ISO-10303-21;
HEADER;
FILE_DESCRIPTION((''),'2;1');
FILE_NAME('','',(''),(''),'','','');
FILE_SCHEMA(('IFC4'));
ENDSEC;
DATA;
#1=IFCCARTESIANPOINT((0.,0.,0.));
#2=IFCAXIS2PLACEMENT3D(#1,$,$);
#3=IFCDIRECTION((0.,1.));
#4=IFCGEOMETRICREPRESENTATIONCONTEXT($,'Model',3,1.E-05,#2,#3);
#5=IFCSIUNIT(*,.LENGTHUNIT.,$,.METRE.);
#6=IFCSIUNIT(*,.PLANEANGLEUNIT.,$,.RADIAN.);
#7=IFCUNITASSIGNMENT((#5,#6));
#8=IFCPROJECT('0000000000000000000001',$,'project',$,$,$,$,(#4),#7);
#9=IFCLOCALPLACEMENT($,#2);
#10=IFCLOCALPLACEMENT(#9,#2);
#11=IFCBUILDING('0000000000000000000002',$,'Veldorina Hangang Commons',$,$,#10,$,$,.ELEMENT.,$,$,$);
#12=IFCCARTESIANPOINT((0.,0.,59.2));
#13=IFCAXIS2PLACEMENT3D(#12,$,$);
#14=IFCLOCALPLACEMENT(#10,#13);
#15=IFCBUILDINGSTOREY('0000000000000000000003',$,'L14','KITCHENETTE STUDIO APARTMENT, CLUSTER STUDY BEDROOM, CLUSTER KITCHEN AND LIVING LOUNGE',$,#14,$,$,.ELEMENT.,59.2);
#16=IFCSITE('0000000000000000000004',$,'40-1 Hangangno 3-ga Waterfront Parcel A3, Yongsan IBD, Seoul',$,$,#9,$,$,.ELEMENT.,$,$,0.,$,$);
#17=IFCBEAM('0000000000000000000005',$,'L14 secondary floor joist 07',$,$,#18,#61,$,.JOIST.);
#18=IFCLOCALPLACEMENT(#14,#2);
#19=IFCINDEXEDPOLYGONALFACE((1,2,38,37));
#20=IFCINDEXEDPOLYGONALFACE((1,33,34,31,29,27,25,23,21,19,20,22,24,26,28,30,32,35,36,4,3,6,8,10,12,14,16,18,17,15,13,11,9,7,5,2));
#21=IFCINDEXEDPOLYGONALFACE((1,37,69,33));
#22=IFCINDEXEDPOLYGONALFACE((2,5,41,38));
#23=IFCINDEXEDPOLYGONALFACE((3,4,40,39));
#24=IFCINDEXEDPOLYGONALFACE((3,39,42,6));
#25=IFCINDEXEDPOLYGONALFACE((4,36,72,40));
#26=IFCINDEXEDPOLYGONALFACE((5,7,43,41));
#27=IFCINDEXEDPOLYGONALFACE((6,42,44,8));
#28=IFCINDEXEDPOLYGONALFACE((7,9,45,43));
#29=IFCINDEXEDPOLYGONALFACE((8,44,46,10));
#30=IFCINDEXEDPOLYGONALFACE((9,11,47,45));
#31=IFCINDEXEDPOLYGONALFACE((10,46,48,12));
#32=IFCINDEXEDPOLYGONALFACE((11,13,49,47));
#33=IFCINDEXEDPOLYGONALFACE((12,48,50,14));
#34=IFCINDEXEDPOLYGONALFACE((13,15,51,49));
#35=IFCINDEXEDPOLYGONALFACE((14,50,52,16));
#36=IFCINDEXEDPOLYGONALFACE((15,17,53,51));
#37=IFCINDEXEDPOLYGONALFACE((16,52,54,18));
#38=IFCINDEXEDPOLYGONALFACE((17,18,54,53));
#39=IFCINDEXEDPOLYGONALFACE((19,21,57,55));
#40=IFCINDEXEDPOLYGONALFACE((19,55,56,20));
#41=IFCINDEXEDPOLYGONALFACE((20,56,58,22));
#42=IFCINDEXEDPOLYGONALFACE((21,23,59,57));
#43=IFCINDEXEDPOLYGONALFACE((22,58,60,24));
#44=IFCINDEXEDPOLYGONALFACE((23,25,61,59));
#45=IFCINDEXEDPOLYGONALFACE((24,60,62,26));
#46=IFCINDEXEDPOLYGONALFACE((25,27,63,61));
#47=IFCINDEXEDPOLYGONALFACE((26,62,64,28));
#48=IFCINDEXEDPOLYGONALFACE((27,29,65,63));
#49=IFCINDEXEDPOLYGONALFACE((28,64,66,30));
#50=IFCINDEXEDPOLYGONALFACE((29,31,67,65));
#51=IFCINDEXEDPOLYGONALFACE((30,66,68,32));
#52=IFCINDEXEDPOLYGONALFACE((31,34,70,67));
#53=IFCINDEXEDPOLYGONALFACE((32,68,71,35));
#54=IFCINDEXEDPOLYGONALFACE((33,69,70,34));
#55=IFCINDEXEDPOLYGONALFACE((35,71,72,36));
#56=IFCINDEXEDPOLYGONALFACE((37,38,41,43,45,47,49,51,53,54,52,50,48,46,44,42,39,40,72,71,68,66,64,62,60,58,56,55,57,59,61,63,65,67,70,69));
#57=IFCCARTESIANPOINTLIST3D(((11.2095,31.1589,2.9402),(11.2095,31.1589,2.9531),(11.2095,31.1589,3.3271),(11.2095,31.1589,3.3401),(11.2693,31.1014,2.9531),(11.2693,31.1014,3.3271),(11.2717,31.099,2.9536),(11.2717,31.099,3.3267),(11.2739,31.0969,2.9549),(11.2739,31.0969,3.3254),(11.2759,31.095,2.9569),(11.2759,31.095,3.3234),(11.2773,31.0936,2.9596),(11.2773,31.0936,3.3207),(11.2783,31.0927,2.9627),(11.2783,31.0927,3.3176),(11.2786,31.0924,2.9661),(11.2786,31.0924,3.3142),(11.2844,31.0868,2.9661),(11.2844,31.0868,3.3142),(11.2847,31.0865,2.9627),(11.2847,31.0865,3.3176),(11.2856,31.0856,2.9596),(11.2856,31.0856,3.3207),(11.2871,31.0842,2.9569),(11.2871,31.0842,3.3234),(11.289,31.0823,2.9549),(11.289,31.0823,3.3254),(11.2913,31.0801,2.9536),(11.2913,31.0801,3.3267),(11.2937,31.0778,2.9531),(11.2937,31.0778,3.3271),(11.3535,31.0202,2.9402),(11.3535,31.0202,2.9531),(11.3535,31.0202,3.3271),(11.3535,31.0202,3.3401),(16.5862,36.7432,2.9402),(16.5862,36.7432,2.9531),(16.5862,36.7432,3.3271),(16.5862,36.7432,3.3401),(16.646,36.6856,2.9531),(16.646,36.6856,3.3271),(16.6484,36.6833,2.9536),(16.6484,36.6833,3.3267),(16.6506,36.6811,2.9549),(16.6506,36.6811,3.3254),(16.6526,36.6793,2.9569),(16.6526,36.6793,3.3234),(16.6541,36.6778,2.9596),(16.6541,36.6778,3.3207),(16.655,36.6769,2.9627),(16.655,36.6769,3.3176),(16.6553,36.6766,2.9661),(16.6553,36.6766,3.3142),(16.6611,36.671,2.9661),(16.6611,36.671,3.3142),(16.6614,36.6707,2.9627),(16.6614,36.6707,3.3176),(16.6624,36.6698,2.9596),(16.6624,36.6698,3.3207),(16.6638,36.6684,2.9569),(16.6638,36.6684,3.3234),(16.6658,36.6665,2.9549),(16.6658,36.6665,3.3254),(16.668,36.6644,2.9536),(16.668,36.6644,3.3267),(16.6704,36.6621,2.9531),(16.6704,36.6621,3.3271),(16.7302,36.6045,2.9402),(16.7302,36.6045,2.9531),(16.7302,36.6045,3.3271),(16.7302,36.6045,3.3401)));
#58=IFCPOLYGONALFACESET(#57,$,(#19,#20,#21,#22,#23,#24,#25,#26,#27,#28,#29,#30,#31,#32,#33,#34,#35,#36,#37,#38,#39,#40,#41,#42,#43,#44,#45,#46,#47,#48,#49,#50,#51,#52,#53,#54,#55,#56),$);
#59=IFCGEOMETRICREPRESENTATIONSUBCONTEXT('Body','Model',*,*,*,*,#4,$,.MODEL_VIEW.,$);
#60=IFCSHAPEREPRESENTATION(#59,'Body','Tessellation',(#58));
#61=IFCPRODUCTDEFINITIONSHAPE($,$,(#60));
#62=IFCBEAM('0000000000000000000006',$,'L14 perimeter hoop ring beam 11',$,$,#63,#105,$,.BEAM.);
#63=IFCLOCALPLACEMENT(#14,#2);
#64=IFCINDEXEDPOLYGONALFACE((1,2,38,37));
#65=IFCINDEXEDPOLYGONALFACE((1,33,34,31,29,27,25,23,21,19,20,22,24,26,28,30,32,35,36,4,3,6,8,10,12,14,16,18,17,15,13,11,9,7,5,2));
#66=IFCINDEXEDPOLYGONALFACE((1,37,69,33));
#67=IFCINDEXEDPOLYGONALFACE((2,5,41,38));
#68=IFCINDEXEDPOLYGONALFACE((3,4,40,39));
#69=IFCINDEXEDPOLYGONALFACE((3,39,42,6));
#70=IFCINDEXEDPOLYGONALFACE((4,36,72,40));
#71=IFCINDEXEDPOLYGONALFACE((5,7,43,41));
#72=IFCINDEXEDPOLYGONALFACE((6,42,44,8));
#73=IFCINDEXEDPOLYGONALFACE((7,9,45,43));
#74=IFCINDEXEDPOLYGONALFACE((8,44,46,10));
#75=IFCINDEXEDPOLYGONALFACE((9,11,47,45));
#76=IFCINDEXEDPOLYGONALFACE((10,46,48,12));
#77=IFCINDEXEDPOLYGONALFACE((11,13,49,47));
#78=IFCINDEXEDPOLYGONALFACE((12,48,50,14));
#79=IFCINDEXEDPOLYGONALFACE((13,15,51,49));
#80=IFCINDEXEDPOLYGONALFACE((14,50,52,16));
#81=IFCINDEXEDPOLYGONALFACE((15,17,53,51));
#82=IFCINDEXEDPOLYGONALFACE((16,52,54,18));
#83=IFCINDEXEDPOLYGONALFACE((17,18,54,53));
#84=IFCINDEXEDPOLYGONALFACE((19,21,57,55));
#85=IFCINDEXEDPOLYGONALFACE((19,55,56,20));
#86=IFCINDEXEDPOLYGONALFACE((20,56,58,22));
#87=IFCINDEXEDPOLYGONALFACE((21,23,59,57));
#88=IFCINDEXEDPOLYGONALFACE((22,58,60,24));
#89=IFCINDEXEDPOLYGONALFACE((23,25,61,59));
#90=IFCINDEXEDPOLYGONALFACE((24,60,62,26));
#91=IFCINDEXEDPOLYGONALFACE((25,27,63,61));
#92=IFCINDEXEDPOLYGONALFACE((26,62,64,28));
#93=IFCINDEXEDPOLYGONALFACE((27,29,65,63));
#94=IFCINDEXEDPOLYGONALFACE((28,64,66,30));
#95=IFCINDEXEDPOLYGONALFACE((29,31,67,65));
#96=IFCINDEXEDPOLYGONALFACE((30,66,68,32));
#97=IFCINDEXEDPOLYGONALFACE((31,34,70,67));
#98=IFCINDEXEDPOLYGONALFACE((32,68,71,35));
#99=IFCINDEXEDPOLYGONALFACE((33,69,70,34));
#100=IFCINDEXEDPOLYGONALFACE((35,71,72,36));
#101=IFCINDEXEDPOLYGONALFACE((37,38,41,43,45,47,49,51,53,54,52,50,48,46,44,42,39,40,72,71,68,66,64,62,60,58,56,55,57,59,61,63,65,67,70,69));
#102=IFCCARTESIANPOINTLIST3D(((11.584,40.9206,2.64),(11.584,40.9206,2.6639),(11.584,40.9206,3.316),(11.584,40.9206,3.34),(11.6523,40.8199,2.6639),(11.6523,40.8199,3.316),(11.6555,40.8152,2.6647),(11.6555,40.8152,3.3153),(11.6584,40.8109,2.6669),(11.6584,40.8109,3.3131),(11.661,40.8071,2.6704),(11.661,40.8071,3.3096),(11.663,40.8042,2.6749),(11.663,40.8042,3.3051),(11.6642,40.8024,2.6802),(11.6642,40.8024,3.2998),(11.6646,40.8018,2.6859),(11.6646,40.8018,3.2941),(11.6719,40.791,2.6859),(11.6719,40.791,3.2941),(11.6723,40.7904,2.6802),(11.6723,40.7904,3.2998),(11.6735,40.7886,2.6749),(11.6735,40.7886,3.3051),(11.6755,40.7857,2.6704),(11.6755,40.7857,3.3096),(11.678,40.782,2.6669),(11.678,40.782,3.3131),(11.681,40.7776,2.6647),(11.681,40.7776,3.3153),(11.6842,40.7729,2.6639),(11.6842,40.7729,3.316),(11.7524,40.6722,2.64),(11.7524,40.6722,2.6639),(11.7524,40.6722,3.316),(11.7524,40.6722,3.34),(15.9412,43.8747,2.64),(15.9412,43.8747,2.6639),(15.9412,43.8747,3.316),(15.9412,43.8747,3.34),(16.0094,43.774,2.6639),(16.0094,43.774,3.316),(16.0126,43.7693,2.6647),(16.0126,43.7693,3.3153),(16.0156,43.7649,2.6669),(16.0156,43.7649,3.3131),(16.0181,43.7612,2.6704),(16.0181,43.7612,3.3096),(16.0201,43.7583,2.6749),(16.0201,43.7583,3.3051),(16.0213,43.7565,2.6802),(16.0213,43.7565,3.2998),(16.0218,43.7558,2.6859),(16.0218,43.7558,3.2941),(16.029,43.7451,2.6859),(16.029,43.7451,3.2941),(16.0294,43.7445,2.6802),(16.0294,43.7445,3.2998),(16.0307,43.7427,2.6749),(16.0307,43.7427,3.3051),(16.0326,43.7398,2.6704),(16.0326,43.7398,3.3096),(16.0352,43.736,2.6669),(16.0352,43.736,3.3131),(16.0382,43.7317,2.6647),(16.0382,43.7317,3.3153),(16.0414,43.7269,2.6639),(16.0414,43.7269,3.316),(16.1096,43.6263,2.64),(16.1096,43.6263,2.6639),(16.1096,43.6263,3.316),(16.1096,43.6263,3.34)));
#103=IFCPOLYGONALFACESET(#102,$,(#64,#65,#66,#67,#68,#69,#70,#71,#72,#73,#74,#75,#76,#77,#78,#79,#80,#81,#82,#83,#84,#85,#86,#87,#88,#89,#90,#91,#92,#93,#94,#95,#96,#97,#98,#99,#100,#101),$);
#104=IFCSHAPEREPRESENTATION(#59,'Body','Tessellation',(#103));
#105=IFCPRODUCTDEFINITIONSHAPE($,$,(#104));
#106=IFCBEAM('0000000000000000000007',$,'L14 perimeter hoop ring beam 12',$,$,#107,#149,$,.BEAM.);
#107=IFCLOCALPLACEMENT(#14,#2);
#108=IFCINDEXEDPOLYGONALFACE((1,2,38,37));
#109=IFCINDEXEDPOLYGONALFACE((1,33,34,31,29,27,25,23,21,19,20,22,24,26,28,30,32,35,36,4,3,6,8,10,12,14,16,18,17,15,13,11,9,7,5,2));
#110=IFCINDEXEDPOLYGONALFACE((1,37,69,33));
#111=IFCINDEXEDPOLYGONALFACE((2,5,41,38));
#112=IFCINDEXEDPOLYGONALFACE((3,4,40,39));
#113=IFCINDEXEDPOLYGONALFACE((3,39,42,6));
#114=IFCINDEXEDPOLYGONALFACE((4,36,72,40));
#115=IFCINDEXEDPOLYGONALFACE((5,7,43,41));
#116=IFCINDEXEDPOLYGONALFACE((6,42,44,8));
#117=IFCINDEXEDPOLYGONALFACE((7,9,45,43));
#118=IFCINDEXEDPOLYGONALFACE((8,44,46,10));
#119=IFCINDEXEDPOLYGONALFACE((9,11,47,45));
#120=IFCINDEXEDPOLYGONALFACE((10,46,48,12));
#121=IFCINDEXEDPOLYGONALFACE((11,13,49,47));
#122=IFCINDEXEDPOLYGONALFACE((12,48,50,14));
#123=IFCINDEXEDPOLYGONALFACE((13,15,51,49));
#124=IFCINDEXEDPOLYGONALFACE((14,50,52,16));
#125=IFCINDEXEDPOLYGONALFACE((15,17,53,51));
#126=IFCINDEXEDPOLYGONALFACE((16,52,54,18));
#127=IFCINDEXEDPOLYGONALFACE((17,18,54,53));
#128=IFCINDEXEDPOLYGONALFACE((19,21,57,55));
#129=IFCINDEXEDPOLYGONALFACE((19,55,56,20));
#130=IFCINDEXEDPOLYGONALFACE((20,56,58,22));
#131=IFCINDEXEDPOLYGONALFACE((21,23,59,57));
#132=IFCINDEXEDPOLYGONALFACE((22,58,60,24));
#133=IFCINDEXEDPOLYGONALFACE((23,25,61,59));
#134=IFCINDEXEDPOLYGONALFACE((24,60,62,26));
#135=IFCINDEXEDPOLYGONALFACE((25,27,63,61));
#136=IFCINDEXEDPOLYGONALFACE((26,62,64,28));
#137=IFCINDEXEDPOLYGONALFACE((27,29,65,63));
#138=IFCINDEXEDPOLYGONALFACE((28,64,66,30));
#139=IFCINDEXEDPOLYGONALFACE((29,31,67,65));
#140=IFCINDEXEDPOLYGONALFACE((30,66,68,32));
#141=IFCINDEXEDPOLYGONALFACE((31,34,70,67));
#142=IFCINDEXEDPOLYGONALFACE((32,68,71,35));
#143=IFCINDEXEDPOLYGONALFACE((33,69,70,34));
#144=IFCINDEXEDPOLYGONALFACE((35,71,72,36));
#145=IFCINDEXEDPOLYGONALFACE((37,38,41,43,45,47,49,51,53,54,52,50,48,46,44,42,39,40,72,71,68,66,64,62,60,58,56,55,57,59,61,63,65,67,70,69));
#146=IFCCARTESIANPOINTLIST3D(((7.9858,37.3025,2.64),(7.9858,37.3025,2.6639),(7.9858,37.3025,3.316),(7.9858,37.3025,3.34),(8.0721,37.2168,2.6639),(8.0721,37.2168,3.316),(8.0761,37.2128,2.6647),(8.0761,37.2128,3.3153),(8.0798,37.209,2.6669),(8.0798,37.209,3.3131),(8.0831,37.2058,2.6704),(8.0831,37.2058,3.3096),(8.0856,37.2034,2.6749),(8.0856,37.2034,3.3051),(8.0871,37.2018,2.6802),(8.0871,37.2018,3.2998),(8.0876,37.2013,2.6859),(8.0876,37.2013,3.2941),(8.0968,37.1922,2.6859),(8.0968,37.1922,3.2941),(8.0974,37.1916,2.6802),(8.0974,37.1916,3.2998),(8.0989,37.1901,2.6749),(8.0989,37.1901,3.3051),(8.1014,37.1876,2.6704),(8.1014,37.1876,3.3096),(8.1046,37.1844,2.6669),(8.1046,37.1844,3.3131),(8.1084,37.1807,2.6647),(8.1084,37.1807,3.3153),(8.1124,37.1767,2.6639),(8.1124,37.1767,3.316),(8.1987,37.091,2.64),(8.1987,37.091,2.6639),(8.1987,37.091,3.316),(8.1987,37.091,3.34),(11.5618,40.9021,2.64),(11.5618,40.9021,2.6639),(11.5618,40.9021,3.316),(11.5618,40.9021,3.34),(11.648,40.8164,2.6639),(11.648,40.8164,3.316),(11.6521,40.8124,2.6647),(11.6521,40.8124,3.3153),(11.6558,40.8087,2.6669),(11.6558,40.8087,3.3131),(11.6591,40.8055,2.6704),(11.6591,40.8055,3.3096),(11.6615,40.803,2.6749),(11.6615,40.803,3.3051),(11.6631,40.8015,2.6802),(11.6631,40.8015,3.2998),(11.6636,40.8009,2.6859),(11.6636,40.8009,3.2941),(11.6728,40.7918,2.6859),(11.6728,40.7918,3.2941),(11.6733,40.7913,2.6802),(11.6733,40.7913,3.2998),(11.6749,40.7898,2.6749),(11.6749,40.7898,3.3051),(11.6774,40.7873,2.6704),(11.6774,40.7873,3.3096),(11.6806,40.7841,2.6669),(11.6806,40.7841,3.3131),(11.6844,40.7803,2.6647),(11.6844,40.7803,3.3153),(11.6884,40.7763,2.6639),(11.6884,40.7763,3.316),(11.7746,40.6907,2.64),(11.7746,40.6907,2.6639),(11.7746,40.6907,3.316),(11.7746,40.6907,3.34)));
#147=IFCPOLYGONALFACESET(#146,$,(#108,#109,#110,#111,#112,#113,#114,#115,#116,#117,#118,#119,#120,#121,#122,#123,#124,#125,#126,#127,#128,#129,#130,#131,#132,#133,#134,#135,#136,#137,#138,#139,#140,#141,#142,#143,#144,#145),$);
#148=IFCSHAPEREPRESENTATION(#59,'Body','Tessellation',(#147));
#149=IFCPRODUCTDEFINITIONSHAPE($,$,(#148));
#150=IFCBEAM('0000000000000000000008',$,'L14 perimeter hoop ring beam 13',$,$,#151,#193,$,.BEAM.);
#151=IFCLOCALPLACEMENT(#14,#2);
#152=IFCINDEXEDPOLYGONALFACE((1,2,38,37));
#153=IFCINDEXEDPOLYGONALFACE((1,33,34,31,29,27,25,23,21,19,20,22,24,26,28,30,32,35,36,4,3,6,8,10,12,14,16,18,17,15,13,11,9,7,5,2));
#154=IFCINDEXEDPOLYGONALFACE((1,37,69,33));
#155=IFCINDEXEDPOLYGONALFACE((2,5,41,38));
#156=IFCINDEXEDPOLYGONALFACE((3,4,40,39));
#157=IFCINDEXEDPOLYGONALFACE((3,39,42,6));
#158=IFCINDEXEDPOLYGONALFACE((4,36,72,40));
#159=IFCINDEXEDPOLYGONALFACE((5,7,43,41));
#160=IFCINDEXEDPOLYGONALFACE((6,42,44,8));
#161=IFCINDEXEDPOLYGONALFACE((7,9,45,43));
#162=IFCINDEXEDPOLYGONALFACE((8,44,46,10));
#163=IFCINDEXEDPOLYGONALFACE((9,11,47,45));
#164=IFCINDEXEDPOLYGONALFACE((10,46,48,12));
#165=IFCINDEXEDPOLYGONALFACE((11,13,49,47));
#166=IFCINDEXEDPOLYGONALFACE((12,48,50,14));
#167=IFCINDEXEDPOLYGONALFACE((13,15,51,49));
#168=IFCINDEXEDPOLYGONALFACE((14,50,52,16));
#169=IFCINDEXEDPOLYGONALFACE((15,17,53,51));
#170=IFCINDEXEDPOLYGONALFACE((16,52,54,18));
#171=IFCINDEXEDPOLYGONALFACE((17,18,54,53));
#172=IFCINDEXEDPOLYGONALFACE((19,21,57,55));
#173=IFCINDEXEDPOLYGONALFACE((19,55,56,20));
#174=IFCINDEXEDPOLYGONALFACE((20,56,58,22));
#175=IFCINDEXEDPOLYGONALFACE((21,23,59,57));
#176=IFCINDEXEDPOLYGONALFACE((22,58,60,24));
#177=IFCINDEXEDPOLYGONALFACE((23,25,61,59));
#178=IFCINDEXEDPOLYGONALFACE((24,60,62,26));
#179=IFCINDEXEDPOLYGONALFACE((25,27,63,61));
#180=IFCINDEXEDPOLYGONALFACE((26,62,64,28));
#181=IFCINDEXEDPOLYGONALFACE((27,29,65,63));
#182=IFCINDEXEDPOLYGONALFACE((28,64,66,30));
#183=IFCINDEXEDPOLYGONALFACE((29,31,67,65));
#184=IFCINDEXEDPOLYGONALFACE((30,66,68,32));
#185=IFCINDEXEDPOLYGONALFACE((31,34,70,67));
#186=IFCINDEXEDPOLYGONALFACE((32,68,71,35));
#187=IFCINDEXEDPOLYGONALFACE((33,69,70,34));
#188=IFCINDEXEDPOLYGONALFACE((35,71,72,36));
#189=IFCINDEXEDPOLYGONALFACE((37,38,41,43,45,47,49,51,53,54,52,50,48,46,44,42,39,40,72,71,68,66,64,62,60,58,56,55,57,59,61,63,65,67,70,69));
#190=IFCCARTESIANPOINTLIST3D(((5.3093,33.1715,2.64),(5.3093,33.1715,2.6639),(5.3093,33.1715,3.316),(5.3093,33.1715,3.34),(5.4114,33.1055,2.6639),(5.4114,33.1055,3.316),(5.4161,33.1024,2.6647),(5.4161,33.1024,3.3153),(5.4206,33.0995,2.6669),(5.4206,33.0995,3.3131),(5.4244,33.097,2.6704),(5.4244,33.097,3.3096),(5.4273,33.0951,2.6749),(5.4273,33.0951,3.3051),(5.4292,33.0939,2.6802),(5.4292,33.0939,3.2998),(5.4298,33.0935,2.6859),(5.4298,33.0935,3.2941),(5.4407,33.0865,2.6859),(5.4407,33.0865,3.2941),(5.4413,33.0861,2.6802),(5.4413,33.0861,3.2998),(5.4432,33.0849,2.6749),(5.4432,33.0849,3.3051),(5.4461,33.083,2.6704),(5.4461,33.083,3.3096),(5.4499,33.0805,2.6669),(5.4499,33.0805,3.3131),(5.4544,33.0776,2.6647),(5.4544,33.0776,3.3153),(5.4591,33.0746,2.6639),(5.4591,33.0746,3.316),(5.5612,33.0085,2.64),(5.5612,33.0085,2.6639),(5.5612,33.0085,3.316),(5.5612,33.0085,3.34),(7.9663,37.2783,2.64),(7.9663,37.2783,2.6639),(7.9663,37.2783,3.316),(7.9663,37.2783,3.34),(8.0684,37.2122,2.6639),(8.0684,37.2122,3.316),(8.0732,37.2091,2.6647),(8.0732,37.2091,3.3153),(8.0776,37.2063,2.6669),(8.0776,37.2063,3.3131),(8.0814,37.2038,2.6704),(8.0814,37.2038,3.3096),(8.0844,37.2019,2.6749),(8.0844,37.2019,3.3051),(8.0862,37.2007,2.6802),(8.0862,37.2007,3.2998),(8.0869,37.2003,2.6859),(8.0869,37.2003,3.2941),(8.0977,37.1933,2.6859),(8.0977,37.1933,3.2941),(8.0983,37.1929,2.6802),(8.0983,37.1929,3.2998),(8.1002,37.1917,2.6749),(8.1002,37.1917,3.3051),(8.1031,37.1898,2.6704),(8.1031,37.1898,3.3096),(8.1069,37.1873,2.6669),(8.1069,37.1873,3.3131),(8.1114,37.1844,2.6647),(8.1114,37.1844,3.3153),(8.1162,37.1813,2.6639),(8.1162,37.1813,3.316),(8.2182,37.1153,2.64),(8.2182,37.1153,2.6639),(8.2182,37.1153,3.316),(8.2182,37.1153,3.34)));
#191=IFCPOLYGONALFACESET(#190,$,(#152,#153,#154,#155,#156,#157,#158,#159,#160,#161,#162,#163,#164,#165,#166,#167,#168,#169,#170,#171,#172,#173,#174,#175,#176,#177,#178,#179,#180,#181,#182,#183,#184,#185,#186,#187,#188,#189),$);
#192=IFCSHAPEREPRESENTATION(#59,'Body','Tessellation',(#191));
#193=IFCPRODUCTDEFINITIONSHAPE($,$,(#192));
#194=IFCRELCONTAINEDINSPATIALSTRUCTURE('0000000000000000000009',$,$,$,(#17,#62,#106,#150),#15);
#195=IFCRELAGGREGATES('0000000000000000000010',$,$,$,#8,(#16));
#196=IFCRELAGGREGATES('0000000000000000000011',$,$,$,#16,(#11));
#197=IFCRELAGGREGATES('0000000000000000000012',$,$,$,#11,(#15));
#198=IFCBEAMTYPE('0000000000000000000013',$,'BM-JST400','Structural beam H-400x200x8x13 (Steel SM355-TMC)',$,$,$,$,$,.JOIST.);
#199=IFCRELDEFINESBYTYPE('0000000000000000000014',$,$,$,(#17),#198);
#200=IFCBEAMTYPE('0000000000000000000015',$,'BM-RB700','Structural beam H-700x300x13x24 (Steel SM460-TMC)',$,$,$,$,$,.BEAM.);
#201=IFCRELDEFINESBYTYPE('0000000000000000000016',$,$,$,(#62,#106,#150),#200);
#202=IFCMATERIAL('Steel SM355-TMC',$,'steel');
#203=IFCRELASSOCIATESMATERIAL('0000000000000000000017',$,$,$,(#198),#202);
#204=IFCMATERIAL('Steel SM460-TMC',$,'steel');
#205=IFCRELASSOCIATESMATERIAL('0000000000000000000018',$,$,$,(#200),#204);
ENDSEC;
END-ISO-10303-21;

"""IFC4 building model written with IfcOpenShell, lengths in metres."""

from ifc_helpers import new_model, si_unit, direction, frame, origin, origin_2d, place, context, subcontext, project, spatial, i_section, extrude, material, material_profile, profile_set, type_object, element, save


model = new_model("IFC4")

# Units and contexts
model_context = context("Model", 3, precision=1e-05, world=origin(), true_north=direction((0.0, 1.0)))
body_context = subcontext(model_context, "Body", "Model", "MODEL_VIEW")
ifc_project = project(units=[si_unit("LENGTHUNIT", "METRE"), si_unit("PLANEANGLEUNIT", "RADIAN")], contexts=[model_context])

# Site, building, storey
site_placement = place(None, origin())
site = spatial("IfcSite", under=ifc_project, at=site_placement, Name="40-1 Hangangno 3-ga Waterfront Parcel A3, Yongsan IBD, Seoul", CompositionType="ELEMENT", RefElevation=0.0)
building_placement = place(site_placement, origin())
building = spatial("IfcBuilding", under=site, at=building_placement, Name="Veldorina Hangang Commons", CompositionType="ELEMENT")
storey_placement = place(building_placement, frame((0.0, 0.0, 59.2)))
storey = spatial("IfcBuildingStorey", under=building, at=storey_placement, Name="L14", Description="KITCHENETTE STUDIO APARTMENT, CLUSTER STUDY BEDROOM, CLUSTER KITCHEN AND LIVING LOUNGE", CompositionType="ELEMENT", Elevation=59.2)

# Beams
ifc_material_1 = material(Name="Steel SM355-TMC", Category="steel")
ifc_material_profile_1 = material_profile(ifc_material_1, i_section(OverallWidth=0.2, OverallDepth=0.3999, WebThickness=0.0081, FlangeThickness=0.0129, FilletRadius=0.0129, at=origin_2d()), Name="H-400x200x8x13")
ifc_profile_set_1 = profile_set([ifc_material_profile_1], Name="Steel SM355-TMC")
beam_type_1 = type_object("IfcBeamType", Name="BM-JST400", Description="Structural beam H-400x200x8x13 (Steel SM355-TMC)", PredefinedType="JOIST", material=ifc_profile_set_1)
beam_1_placement = place(storey_placement, frame((16.6582, 36.6738, 3.1401), z_axis=(-0.693595, -0.720365, 0.0), x_axis=(0.720365, -0.693595, 0.0)))
element("IfcBeam", 1, at=beam_1_placement, inside=storey, type_object=beam_type_1, Name="L14 secondary floor joist 07", PredefinedType="JOIST", context=body_context, shape_type="SweptSolid", body=[
    extrude(i_section(OverallWidth=0.2, OverallDepth=0.3999, WebThickness=0.0081, FlangeThickness=0.0129, FilletRadius=0.0129, at=origin_2d()), origin(), (0.0, 0.0, 1.0), 7.752),
])
ifc_material_2 = material(Name="Steel SM460-TMC", Category="steel")
ifc_material_profile_2 = material_profile(ifc_material_2, i_section(OverallWidth=0.3, OverallDepth=0.7, WebThickness=0.0129, FlangeThickness=0.0239, FilletRadius=0.022, at=origin_2d()), Name="H-700x300x13x24")
ifc_profile_set_2 = profile_set([ifc_material_profile_2], Name="Steel SM460-TMC")
beam_type_2 = type_object("IfcBeamType", Name="BM-RB700", Description="Structural beam H-700x300x13x24 (Steel SM460-TMC)", PredefinedType="BEAM", material=ifc_profile_set_2)
beam_2_placement = place(storey_placement, frame((16.0254, 43.7505, 2.99), z_axis=(-0.827701, -0.561169, 0.0), x_axis=(0.561169, -0.827701, 0.0)))
element("IfcBeam", 2, at=beam_2_placement, inside=storey, type_object=beam_type_2, Name="L14 perimeter hoop ring beam 11", PredefinedType="BEAM", context=body_context, shape_type="SweptSolid", body=[
    extrude(i_section(OverallWidth=0.3, OverallDepth=0.7, WebThickness=0.0129, FlangeThickness=0.0239, FilletRadius=0.022, at=origin_2d()), origin(), (0.0, 0.0, 1.0), 5.2642),
])
beam_3_placement = place(storey_placement, frame((11.6682, 40.7964, 2.99), z_axis=(-0.704769, -0.709437, 0.0), x_axis=(0.709437, -0.704769, 0.0)))
element("IfcBeam", 3, at=beam_3_placement, inside=storey, type_object=beam_type_2, Name="L14 perimeter hoop ring beam 12", PredefinedType="BEAM", context=body_context, shape_type="SweptSolid", body=[
    extrude(i_section(OverallWidth=0.3, OverallDepth=0.7, WebThickness=0.0129, FlangeThickness=0.0239, FilletRadius=0.022, at=origin_2d()), origin(), (0.0, 0.0, 1.0), 5.074),
])
beam_4_placement = place(storey_placement, frame((8.0923, 37.1968, 2.99), z_axis=(-0.54321, -0.839597, 0.0), x_axis=(0.839597, -0.54321, 0.0)))
element("IfcBeam", 4, at=beam_4_placement, inside=storey, type_object=beam_type_2, Name="L14 perimeter hoop ring beam 13", PredefinedType="BEAM", context=body_context, shape_type="SweptSolid", body=[
    extrude(i_section(OverallWidth=0.3, OverallDepth=0.7, WebThickness=0.0129, FlangeThickness=0.0239, FilletRadius=0.022, at=origin_2d()), origin(), (0.0, 0.0, 1.0), 4.8914),
])

save(model, "model.ifc")
